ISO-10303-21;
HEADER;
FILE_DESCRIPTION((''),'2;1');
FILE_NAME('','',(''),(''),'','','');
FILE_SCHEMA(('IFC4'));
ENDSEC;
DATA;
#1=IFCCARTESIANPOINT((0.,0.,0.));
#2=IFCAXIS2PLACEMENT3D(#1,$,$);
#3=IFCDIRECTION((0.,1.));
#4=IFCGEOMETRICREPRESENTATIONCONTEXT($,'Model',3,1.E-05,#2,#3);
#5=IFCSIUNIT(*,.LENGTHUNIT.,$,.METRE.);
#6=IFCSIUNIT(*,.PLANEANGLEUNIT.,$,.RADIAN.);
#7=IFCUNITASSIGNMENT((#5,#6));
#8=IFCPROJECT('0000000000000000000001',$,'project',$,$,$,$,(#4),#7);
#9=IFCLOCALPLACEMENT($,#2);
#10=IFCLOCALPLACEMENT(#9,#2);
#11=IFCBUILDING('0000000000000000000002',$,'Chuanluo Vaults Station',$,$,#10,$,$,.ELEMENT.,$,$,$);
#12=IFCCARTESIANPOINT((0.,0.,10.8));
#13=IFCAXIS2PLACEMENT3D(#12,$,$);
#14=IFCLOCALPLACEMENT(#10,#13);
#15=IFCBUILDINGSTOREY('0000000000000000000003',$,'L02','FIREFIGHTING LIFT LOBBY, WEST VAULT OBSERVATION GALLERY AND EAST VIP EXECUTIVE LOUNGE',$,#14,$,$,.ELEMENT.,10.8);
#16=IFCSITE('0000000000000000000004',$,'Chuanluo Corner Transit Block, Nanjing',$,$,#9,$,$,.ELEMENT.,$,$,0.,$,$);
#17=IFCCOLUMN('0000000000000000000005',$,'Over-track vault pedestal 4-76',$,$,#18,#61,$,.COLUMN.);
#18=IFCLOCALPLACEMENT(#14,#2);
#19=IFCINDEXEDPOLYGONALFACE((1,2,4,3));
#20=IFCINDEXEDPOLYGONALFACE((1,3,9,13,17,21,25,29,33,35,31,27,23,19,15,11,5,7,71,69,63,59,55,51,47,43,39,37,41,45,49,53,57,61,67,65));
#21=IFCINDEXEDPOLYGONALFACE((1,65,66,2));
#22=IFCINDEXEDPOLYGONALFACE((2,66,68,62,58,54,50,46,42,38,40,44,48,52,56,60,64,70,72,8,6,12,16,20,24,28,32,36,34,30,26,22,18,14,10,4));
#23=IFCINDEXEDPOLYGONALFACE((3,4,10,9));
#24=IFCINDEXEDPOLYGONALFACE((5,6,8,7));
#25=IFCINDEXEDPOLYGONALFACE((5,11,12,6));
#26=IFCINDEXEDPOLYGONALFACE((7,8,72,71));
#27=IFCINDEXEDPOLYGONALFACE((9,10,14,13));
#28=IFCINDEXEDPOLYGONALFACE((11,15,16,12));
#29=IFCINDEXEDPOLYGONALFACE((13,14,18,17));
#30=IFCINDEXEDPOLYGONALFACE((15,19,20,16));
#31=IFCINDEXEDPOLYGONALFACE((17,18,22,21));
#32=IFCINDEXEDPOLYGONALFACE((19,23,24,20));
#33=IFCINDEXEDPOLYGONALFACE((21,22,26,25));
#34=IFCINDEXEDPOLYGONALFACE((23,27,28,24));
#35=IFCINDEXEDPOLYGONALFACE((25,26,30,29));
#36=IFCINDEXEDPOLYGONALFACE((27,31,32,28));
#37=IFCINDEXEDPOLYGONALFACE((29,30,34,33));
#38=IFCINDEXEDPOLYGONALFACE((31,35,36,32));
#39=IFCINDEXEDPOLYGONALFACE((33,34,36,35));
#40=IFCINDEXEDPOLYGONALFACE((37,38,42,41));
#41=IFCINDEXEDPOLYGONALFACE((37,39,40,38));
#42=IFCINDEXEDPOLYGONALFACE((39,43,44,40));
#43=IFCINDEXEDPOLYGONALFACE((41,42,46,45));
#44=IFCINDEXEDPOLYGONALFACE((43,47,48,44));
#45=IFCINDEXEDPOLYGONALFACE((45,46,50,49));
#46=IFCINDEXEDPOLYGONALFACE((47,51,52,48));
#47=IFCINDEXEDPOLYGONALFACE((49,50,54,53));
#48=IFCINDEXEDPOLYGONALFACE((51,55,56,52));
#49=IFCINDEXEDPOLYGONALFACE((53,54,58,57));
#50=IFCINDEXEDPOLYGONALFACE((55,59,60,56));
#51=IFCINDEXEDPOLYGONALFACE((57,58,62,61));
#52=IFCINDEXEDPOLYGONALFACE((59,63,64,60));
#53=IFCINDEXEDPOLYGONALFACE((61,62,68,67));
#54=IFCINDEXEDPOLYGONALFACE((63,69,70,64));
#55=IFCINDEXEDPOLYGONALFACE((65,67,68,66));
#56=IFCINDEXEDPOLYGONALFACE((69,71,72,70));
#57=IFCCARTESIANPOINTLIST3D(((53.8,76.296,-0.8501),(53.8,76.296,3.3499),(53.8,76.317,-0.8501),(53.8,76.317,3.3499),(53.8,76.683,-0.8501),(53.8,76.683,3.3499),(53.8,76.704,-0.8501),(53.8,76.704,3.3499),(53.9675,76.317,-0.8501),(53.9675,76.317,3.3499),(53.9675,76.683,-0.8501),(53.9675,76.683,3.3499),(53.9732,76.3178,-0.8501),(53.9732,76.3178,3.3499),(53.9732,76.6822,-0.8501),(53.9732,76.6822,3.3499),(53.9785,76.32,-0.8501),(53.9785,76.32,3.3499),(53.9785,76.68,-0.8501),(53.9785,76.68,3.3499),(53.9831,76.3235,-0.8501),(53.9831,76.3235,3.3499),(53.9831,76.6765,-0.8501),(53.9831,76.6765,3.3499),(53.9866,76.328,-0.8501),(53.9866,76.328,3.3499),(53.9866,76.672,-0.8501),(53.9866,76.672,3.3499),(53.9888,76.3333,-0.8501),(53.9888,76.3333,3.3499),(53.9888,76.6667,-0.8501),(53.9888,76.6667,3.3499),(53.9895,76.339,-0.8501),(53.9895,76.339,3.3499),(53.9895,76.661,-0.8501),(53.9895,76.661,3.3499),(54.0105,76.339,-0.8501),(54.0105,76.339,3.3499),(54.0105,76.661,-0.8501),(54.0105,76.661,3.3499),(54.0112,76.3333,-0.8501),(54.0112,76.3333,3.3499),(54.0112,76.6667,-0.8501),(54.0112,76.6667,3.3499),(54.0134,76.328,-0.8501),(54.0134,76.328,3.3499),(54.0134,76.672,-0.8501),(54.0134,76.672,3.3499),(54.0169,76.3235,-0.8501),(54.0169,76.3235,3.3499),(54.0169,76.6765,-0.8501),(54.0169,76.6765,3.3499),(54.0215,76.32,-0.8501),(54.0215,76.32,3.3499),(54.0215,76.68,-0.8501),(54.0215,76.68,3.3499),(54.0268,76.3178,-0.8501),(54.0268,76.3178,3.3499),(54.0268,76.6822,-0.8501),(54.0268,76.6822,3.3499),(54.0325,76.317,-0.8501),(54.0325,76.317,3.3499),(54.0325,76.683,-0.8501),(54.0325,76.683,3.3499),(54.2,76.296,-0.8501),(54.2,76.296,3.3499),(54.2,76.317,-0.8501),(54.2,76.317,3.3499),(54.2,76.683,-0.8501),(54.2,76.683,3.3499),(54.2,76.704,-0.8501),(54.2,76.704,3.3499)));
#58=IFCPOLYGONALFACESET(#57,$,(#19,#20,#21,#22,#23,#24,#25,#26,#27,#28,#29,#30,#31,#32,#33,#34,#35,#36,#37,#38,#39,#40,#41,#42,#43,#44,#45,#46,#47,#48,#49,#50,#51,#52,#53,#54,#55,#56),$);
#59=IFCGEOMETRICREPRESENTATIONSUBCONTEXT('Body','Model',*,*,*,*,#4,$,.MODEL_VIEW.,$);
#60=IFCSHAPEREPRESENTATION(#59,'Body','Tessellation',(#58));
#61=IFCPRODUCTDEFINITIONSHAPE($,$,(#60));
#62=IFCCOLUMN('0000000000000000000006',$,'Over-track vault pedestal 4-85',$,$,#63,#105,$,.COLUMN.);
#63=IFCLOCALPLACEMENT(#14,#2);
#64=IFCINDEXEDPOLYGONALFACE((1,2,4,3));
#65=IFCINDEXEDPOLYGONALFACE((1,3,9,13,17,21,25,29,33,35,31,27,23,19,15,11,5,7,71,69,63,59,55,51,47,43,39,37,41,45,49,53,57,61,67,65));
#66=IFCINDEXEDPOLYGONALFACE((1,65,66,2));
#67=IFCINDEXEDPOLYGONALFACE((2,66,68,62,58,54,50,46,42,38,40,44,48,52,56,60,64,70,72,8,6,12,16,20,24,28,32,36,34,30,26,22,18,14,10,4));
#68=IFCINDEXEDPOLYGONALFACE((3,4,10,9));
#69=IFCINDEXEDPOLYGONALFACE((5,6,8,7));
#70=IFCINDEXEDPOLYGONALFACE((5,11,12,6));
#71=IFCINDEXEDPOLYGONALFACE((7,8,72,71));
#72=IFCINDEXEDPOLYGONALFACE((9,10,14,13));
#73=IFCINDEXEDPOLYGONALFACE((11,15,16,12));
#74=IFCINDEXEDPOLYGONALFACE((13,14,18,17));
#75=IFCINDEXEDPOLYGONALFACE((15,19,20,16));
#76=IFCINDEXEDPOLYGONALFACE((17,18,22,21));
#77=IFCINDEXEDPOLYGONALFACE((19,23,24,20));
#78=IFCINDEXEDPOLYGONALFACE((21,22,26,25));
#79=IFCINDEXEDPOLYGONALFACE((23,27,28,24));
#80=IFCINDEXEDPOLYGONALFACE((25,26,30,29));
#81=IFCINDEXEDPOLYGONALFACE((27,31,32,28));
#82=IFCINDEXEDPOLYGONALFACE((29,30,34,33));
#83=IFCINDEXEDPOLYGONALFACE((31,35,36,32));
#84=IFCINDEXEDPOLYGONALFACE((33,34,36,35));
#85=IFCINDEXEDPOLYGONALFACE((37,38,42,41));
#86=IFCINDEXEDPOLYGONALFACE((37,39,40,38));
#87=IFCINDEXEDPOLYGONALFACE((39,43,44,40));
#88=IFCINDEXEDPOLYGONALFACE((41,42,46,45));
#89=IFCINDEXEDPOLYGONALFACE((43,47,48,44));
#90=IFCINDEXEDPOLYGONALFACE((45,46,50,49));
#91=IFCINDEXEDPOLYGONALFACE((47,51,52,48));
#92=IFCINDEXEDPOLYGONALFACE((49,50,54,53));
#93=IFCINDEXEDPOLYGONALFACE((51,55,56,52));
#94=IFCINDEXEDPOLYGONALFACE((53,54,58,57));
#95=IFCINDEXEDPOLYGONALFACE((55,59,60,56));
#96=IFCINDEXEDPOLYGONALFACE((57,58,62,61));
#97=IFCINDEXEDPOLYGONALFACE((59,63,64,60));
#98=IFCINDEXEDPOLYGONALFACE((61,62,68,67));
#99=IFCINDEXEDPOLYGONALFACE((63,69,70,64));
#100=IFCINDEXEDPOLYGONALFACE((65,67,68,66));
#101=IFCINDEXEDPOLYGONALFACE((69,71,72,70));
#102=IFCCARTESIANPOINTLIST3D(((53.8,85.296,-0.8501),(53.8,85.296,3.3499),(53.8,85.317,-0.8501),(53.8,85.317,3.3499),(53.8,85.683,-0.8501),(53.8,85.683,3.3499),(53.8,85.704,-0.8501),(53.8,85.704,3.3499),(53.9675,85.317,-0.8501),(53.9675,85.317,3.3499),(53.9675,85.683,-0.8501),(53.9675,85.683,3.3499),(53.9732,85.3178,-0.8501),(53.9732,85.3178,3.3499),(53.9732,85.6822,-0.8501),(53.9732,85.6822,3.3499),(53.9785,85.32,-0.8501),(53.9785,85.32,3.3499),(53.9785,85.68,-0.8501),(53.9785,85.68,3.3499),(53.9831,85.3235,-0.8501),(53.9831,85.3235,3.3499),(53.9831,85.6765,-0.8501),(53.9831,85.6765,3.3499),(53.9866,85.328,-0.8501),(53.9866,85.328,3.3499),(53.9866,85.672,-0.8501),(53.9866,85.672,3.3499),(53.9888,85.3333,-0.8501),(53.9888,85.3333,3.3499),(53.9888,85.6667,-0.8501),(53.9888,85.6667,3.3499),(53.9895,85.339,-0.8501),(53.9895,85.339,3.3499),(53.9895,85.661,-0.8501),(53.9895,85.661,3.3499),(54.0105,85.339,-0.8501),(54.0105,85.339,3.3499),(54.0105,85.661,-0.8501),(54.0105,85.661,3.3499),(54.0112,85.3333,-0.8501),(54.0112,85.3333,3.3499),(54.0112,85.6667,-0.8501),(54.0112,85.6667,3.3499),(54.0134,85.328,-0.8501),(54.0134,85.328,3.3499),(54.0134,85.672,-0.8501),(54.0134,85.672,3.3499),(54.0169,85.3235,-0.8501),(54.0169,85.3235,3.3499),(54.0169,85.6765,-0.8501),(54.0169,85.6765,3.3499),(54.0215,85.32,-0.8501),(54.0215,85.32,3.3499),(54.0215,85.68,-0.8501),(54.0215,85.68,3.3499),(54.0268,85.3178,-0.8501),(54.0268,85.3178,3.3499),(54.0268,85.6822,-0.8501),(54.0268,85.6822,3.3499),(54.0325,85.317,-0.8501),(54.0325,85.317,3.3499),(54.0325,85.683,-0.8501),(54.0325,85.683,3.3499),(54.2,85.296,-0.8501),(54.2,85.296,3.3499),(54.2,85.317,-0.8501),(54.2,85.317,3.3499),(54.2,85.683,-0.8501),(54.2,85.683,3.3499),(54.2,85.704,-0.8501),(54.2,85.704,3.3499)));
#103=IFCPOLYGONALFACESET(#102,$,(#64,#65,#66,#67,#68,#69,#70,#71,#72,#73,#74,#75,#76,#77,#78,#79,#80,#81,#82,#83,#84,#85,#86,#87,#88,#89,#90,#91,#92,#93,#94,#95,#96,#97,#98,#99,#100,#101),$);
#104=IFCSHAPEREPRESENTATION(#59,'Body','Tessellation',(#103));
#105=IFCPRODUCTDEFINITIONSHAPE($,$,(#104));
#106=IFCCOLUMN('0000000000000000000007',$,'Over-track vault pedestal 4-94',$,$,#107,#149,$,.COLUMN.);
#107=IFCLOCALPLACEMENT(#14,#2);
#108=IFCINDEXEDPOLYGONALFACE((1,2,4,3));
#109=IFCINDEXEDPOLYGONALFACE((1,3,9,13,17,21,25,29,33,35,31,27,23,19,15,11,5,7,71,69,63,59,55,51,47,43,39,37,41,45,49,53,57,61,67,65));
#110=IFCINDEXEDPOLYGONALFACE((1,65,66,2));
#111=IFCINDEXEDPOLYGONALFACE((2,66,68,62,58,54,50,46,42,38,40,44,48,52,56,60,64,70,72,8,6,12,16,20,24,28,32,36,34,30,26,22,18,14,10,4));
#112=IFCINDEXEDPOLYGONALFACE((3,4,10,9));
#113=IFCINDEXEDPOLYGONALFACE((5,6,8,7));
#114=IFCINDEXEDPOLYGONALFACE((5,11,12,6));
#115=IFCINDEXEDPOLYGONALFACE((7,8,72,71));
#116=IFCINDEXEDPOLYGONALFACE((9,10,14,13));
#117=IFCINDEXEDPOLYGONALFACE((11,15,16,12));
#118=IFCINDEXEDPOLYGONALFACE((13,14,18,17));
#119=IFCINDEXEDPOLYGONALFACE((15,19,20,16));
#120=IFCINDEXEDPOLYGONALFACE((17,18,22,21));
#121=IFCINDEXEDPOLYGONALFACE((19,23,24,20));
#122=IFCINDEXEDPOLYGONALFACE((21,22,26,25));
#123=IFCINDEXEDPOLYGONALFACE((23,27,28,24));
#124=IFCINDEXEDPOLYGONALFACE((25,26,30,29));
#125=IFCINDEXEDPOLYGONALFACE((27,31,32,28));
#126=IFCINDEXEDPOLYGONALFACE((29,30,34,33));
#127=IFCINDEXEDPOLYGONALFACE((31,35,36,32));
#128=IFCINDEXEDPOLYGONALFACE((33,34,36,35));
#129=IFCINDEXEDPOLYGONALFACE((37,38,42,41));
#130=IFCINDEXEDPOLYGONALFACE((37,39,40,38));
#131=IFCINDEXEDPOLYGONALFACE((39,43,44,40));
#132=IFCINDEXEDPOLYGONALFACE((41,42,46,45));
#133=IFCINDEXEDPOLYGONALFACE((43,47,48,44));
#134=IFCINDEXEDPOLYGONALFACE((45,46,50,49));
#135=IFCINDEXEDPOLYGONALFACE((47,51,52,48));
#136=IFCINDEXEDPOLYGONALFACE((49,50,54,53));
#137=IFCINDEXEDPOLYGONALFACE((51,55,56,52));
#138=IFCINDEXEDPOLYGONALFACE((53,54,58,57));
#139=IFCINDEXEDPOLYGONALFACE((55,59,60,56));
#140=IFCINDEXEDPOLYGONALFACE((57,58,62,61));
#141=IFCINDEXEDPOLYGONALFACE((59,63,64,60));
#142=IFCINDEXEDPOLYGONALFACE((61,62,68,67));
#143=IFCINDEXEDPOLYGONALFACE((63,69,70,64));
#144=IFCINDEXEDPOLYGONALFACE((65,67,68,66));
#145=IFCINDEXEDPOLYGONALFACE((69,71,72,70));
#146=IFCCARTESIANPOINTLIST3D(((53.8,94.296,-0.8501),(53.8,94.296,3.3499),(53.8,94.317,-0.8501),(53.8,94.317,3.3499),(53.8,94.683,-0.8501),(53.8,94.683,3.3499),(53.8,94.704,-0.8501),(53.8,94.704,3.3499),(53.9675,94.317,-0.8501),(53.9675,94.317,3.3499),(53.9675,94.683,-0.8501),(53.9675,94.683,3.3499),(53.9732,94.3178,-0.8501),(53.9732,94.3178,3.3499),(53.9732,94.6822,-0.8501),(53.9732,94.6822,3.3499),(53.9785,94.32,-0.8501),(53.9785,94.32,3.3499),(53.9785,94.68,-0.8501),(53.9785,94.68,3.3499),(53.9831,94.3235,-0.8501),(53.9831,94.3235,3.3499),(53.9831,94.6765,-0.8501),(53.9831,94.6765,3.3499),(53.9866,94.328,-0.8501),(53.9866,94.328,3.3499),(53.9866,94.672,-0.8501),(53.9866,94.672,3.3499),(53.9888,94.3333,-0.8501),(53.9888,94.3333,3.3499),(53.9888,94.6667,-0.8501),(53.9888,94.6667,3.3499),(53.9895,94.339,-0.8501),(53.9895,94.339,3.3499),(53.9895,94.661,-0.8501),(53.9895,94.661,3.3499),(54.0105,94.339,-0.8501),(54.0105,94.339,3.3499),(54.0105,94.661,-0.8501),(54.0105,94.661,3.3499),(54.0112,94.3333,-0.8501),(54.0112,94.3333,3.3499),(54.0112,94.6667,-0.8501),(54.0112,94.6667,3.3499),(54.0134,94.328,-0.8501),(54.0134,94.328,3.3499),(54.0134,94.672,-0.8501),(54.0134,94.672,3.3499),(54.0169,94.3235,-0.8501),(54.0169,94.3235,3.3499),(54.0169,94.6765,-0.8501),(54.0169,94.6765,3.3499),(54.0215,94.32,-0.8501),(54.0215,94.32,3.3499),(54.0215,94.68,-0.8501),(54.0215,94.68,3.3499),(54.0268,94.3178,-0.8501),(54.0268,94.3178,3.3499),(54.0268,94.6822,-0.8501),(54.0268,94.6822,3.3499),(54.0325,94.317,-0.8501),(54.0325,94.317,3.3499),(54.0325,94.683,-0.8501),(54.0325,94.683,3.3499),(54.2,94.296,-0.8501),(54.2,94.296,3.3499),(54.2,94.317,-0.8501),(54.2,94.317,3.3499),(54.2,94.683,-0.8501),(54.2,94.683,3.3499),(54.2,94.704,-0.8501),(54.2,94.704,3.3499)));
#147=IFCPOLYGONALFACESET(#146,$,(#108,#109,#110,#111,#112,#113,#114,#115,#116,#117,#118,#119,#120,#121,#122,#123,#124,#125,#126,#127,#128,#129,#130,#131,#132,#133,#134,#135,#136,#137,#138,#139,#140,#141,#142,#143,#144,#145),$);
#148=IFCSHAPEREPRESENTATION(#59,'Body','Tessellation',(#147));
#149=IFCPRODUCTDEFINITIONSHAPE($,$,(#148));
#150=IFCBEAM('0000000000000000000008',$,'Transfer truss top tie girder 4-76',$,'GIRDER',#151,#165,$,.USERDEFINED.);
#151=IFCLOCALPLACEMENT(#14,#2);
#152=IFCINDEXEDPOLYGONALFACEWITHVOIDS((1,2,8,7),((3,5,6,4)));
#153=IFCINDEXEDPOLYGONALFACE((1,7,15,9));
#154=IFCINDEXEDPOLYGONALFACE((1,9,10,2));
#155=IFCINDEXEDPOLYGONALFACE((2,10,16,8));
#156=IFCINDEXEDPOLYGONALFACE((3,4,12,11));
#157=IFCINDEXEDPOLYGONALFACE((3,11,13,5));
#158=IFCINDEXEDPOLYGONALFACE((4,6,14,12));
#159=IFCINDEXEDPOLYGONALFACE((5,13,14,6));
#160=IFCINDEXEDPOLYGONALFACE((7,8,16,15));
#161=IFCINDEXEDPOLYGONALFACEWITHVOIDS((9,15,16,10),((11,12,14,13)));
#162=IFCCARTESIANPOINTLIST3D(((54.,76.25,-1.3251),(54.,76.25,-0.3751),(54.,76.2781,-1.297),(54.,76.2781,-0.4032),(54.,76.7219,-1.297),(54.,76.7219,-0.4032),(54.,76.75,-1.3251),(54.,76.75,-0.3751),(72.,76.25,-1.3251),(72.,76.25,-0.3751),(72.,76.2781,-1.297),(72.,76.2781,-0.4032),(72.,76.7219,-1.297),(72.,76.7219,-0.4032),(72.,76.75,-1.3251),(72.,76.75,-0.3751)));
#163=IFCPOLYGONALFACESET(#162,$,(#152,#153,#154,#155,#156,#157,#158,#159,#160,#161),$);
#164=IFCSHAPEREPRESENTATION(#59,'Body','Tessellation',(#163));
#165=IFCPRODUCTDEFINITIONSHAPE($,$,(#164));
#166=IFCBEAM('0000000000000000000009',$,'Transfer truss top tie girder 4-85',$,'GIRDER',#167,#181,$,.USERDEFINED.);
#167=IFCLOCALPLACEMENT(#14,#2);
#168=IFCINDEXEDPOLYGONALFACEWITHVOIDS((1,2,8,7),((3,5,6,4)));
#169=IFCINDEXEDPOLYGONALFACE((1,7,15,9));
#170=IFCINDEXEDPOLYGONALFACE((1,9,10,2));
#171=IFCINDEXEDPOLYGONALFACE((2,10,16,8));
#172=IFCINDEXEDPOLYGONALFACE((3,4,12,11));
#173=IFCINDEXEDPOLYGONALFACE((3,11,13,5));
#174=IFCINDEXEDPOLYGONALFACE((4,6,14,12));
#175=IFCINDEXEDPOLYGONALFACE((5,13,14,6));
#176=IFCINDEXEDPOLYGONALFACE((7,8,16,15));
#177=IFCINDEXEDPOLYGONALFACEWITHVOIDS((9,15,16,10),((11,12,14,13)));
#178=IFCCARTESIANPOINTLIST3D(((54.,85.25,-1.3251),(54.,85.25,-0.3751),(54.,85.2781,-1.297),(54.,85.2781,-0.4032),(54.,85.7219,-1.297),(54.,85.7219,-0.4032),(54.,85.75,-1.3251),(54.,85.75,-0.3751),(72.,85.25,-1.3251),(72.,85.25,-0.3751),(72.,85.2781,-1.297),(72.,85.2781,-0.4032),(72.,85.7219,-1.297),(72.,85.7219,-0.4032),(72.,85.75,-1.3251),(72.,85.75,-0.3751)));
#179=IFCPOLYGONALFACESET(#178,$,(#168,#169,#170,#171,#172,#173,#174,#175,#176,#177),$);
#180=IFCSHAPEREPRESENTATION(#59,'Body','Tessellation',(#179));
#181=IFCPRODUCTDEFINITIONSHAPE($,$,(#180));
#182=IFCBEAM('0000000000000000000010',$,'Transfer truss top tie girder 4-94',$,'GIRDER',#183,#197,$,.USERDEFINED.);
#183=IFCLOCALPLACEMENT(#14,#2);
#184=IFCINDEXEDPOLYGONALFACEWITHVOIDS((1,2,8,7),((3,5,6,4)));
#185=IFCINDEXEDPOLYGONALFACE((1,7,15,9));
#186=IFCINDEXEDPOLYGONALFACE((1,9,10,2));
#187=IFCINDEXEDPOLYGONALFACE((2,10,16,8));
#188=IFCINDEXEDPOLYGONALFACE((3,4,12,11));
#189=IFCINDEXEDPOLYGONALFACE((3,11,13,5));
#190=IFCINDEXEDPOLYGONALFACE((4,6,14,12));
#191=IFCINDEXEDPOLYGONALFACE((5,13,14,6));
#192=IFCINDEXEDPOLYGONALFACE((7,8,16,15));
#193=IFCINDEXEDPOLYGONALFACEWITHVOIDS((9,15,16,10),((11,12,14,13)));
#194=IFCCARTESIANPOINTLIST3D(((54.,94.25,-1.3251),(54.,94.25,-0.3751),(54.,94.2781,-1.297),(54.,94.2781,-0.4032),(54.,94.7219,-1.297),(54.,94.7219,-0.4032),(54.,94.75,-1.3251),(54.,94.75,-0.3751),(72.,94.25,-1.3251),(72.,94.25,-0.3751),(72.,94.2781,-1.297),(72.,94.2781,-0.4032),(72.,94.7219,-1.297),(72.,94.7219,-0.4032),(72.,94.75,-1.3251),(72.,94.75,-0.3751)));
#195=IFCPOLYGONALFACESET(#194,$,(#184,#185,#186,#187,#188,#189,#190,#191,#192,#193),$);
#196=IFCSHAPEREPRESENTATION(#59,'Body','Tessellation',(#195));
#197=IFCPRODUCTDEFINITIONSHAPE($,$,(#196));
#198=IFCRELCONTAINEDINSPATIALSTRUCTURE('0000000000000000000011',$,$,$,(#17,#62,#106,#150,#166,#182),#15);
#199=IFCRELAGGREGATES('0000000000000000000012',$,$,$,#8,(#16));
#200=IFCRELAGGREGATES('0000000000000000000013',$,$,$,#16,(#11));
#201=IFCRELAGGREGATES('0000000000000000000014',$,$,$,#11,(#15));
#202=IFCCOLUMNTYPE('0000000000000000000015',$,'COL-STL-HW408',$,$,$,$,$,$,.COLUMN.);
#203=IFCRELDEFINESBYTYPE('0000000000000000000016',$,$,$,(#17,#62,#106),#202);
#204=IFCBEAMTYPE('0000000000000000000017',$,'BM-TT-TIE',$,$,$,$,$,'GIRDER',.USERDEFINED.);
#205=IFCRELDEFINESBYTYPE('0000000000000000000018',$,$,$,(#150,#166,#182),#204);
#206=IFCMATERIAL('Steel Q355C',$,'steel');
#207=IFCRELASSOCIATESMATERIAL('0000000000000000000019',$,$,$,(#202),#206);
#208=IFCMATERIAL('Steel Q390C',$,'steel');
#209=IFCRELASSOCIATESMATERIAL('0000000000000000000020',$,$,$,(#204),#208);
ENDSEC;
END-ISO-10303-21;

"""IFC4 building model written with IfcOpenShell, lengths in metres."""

from ifc_helpers import new_model, si_unit, direction, frame, origin, origin_2d, place, context, subcontext, project, spatial, hollow_rectangle, i_section, extrude, material, material_profile, profile_set, type_object, element, save


model = new_model("IFC4")

# Units and contexts
model_context = context("Model", 3, precision=1e-05, world=origin(), true_north=direction((0.0, 1.0)))
body_context = subcontext(model_context, "Body", "Model", "MODEL_VIEW")
ifc_project = project(units=[si_unit("LENGTHUNIT", "METRE"), si_unit("PLANEANGLEUNIT", "RADIAN")], contexts=[model_context])

# Site, building, storey
site_placement = place(None, origin())
site = spatial("IfcSite", under=ifc_project, at=site_placement, Name="Chuanluo Corner Transit Block, Nanjing", CompositionType="ELEMENT", RefElevation=0.0)
building_placement = place(site_placement, origin())
building = spatial("IfcBuilding", under=site, at=building_placement, Name="Chuanluo Vaults Station", CompositionType="ELEMENT")
storey_placement = place(building_placement, frame((0.0, 0.0, 10.8)))
storey = spatial("IfcBuildingStorey", under=building, at=storey_placement, Name="L02", Description="FIREFIGHTING LIFT LOBBY, WEST VAULT OBSERVATION GALLERY AND EAST VIP EXECUTIVE LOUNGE", CompositionType="ELEMENT", Elevation=10.8)

# Columns
ifc_material_1 = material(Name="Steel Q355C", Category="steel")
ifc_material_profile_1 = material_profile(ifc_material_1, i_section(OverallWidth=0.3999, OverallDepth=0.408, WebThickness=0.021, FlangeThickness=0.021, FilletRadius=0.022, at=origin_2d()))
ifc_profile_set_1 = profile_set([ifc_material_profile_1], Name="Steel Q355C")
column_type = type_object("IfcColumnType", Name="COL-STL-HW408", PredefinedType="COLUMN", material=ifc_profile_set_1)
for number, where, z_axis, x_axis, name in (
    (1, (54.0, 76.5, -0.8501), (0.0, 0.0, 1.0), (1.0, 0.0, 0.0), "Over-track vault pedestal 4-76"),
    (2, (54.0, 85.5, -0.8501), (0.0, 0.0, 1.0), (1.0, 0.0, 0.0), "Over-track vault pedestal 4-85"),
    (3, (54.0, 94.5, -0.8501), (0.0, 0.0, 1.0), (1.0, 0.0, 0.0), "Over-track vault pedestal 4-94"),
):
    element("IfcColumn", number, at=place(storey_placement, frame(where, z_axis=z_axis, x_axis=x_axis)), inside=storey, type_object=column_type, Name=name, PredefinedType="COLUMN", context=body_context, shape_type="SweptSolid", body=[
        extrude(i_section(OverallWidth=0.3999, OverallDepth=0.408, WebThickness=0.021, FlangeThickness=0.021, FilletRadius=0.022, at=origin_2d()), origin(), (0.0, 0.0, 1.0), 4.2),
    ])

# Beams
ifc_material_2 = material(Name="Steel Q390C", Category="steel")
ifc_material_profile_2 = material_profile(ifc_material_2, hollow_rectangle(XDim=0.5, YDim=0.95, WallThickness=0.0281, at=origin_2d()))
ifc_profile_set_2 = profile_set([ifc_material_profile_2], Name="Steel Q390C")
beam_type_1 = type_object("IfcBeamType", Name="BM-TT-TIE", ElementType="GIRDER", PredefinedType="USERDEFINED", material=ifc_profile_set_2)
for number, where, z_axis, x_axis, name in (
    (4, (54.0, 76.5, -0.8501), (1.0, 0.0, 0.0), (0.0, 1.0, 0.0), "Transfer truss top tie girder 4-76"),
    (5, (54.0, 85.5, -0.8501), (1.0, 0.0, 0.0), (0.0, 1.0, 0.0), "Transfer truss top tie girder 4-85"),
    (6, (54.0, 94.5, -0.8501), (1.0, 0.0, 0.0), (0.0, 1.0, 0.0), "Transfer truss top tie girder 4-94"),
):
    element("IfcBeam", number, at=place(storey_placement, frame(where, z_axis=z_axis, x_axis=x_axis)), inside=storey, type_object=beam_type_1, Name=name, ObjectType="GIRDER", PredefinedType="USERDEFINED", context=body_context, shape_type="SweptSolid", body=[
        extrude(hollow_rectangle(XDim=0.5, YDim=0.95, WallThickness=0.0281, at=origin_2d()), origin(), (0.0, 0.0, 1.0), 18.0),
    ])

save(model, "model.ifc")
